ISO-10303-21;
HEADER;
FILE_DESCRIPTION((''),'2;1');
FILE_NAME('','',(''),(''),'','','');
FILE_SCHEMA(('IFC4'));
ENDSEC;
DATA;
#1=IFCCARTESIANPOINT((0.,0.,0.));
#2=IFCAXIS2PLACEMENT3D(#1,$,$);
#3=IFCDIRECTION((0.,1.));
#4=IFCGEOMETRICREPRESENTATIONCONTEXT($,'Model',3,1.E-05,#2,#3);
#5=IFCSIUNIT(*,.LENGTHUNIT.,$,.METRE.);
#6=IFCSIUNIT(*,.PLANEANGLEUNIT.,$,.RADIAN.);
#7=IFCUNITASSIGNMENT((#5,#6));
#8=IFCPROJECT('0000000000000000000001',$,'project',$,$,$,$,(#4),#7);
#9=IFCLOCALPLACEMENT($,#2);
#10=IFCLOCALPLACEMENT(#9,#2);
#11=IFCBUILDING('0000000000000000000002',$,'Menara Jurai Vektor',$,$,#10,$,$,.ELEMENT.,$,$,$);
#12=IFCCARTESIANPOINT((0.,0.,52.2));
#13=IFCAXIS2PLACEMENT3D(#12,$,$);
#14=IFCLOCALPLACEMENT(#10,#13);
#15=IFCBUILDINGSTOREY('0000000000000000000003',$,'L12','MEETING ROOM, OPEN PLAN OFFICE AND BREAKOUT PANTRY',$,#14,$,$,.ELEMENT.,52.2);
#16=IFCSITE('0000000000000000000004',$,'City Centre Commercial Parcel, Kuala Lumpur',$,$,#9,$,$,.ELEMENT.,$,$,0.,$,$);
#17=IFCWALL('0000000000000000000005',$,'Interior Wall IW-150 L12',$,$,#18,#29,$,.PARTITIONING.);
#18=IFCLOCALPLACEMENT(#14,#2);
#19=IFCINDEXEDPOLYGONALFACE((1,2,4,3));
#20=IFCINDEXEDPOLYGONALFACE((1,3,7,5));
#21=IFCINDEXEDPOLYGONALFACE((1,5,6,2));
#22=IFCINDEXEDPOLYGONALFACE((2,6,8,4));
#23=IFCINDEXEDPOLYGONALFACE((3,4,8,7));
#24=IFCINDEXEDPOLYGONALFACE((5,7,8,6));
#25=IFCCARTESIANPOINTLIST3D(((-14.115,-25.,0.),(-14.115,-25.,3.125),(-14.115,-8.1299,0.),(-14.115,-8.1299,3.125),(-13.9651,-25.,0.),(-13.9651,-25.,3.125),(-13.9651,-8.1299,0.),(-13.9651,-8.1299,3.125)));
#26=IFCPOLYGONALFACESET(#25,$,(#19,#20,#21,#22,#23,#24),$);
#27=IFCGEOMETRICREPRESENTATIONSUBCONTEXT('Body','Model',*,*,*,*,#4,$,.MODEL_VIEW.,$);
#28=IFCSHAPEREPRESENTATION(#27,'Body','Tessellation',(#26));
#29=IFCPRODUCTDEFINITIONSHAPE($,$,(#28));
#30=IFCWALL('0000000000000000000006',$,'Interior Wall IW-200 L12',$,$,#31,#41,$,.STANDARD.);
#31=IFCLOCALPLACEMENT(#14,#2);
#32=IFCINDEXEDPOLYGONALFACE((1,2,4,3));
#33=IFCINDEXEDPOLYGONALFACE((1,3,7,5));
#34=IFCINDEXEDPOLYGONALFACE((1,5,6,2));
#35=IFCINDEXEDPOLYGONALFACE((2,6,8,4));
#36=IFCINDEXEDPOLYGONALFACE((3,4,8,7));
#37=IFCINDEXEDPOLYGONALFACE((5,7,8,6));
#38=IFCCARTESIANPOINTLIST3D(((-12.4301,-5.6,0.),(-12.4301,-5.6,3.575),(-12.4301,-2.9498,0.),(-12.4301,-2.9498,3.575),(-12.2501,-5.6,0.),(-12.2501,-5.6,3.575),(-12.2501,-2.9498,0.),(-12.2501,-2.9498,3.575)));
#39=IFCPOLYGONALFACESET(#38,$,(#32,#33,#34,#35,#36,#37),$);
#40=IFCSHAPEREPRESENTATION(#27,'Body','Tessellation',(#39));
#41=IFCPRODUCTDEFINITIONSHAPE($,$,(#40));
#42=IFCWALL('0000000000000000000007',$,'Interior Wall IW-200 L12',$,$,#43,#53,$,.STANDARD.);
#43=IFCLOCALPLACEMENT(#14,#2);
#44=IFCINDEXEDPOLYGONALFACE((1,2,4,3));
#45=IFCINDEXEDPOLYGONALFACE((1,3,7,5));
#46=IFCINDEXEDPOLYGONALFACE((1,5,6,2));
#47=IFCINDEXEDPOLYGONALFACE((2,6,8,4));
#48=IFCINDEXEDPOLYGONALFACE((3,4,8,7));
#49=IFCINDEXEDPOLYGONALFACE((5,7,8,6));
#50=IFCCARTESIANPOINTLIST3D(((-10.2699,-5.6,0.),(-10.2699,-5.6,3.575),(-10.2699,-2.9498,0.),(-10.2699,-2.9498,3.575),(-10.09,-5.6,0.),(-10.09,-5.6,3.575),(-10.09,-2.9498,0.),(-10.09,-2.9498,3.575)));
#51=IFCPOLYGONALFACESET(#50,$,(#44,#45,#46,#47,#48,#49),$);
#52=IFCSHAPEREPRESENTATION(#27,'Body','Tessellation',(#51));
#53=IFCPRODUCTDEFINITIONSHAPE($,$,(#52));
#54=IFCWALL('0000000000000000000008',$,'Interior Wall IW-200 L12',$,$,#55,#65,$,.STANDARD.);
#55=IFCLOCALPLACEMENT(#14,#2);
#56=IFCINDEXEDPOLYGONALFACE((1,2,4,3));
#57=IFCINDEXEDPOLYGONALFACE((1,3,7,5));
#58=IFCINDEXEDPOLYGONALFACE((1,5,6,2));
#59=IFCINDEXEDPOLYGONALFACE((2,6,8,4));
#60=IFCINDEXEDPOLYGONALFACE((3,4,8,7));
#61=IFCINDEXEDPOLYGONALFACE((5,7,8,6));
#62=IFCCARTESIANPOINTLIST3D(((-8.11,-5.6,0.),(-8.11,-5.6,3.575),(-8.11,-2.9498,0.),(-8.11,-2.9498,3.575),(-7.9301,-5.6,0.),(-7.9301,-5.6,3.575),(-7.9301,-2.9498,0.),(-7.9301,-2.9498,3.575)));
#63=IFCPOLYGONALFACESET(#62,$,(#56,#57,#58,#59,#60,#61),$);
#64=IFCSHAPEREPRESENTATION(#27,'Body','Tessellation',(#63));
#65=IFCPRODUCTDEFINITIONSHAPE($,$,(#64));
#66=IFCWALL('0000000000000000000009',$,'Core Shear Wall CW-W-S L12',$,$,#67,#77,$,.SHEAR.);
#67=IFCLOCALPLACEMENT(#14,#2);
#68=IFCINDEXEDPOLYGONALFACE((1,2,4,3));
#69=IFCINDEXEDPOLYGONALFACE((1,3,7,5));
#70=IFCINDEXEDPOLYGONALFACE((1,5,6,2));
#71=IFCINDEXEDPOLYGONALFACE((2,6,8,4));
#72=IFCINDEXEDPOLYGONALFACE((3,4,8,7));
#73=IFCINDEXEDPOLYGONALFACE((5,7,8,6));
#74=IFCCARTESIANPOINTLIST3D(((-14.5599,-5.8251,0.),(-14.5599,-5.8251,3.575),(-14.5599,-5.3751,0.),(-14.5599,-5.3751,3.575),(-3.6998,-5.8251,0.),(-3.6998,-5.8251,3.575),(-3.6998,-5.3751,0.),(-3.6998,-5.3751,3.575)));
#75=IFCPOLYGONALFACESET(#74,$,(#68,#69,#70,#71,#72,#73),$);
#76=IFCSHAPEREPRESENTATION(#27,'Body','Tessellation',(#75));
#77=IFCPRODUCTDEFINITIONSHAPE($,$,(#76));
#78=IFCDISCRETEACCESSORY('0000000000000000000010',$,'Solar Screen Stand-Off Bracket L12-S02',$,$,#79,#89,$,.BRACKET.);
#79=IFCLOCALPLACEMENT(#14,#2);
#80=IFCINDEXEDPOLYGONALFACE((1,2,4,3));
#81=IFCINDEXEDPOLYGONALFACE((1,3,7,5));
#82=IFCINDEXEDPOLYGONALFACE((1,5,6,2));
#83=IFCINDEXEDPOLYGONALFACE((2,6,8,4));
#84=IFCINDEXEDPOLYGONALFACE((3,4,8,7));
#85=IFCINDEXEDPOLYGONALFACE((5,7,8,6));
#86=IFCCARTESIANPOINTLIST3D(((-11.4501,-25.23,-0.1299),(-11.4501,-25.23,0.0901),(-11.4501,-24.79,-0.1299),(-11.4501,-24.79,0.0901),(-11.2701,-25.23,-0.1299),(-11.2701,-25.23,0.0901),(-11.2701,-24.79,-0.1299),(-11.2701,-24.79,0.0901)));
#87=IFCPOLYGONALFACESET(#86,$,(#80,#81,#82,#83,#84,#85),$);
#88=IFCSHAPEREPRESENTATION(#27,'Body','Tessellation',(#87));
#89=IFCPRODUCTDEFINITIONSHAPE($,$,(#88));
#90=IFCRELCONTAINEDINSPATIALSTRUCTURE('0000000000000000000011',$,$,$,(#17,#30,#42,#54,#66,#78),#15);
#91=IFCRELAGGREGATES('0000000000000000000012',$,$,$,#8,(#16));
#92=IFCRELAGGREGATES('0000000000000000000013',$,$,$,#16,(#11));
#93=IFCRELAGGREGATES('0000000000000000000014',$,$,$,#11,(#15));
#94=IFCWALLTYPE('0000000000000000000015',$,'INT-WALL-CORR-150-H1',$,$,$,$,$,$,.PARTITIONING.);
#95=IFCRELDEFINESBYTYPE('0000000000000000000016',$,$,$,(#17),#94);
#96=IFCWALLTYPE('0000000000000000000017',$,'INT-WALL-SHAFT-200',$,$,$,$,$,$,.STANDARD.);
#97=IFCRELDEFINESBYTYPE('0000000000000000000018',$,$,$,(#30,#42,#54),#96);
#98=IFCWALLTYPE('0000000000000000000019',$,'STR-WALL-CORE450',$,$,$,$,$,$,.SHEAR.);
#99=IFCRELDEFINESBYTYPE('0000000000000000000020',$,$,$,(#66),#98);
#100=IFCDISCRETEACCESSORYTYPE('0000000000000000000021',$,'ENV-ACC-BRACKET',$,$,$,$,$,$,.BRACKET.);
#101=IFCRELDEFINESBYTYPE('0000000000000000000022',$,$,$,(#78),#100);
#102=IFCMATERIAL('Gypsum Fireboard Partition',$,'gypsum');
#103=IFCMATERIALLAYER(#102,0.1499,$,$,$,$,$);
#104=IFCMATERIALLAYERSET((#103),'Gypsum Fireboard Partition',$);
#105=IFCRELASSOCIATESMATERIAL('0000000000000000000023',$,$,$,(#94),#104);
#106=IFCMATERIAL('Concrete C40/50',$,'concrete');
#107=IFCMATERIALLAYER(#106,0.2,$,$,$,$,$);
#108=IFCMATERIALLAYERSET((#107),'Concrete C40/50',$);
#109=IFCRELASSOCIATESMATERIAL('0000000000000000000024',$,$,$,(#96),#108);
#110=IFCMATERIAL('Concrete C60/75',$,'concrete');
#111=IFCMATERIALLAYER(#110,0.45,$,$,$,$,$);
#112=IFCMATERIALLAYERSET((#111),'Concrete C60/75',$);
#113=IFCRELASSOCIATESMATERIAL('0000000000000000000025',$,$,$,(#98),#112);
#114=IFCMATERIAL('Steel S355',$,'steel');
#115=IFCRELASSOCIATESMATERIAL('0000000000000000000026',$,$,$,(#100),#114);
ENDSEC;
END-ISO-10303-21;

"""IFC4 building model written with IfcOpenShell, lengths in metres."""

from ifc_helpers import new_model, si_unit, direction, frame, frame_2d, origin, origin_2d, place, context, subcontext, project, spatial, rectangle, extrude, material, layer, layer_set, type_object, element, save


model = new_model("IFC4")

# Units and contexts
model_context = context("Model", 3, precision=1e-05, world=origin(), true_north=direction((0.0, 1.0)))
body_context = subcontext(model_context, "Body", "Model", "MODEL_VIEW")
ifc_project = project(units=[si_unit("LENGTHUNIT", "METRE"), si_unit("PLANEANGLEUNIT", "RADIAN")], contexts=[model_context])

# Site, building, storey
site_placement = place(None, origin())
site = spatial("IfcSite", under=ifc_project, at=site_placement, Name="City Centre Commercial Parcel, Kuala Lumpur", CompositionType="ELEMENT", RefElevation=0.0)
building_placement = place(site_placement, origin())
building = spatial("IfcBuilding", under=site, at=building_placement, Name="Menara Jurai Vektor", CompositionType="ELEMENT")
storey_placement = place(building_placement, frame((0.0, 0.0, 52.2)))
storey = spatial("IfcBuildingStorey", under=building, at=storey_placement, Name="L12", Description="MEETING ROOM, OPEN PLAN OFFICE AND BREAKOUT PANTRY", CompositionType="ELEMENT", Elevation=52.2)

# Shared definitions
ifc_material_1 = material(Name="Concrete C60/75", Category="concrete")

# Shared definitions
ifc_material_2 = material(Name="Steel S355", Category="steel")

# Shared definitions
ifc_material_3 = material(Name="Gypsum Fireboard Partition", Category="gypsum")

# Walls
ifc_layer_1 = layer(ifc_material_3, 0.1499)
ifc_layer_set_1 = layer_set([ifc_layer_1], Name="Gypsum Fireboard Partition")
wall_type_1 = type_object("IfcWallType", Name="INT-WALL-CORR-150-H1", PredefinedType="PARTITIONING", material=ifc_layer_set_1)
wall_1_placement = place(storey_placement, frame((-14.04, -25.0, 0.0), z_axis=(0.0, 0.0, 1.0), x_axis=(0.0, 1.0, 0.0)))
element("IfcWall", 1, at=wall_1_placement, inside=storey, type_object=wall_type_1, Name="Interior Wall IW-150 L12", PredefinedType="PARTITIONING", context=body_context, shape_type="SweptSolid", body=[
    extrude(rectangle(XDim=16.8701, YDim=0.1499, at=frame_2d((8.4351, 0.0))), origin(), (0.0, 0.0, 1.0), 3.125),
])
ifc_material_4 = material(Name="Concrete C40/50", Category="concrete")
ifc_layer_2 = layer(ifc_material_4, 0.2)
ifc_layer_set_2 = layer_set([ifc_layer_2], Name="Concrete C40/50")
wall_type_2 = type_object("IfcWallType", Name="INT-WALL-SHAFT-200", PredefinedType="STANDARD", material=ifc_layer_set_2)
for number, where, z_axis, x_axis, name in (
    (2, (-12.3401, -5.6001, 0.0), (0.0, 0.0, 1.0), (0.0, 1.0, 0.0), "Interior Wall IW-200 L12"),
    (3, (-10.1799, -5.6001, 0.0), (0.0, 0.0, 1.0), (0.0, 1.0, 0.0), "Interior Wall IW-200 L12"),
    (4, (-8.02, -5.6001, 0.0), (0.0, 0.0, 1.0), (0.0, 1.0, 0.0), "Interior Wall IW-200 L12"),
):
    element("IfcWall", number, at=place(storey_placement, frame(where, z_axis=z_axis, x_axis=x_axis)), inside=storey, type_object=wall_type_2, Name=name, PredefinedType="STANDARD", context=body_context, shape_type="SweptSolid", body=[
        extrude(rectangle(XDim=2.6501, YDim=0.1799, at=frame_2d((1.3252, 0.0))), origin(), (0.0, 0.0, 1.0), 3.575),
    ])
ifc_layer_3 = layer(ifc_material_1, 0.45)
ifc_layer_set_3 = layer_set([ifc_layer_3], Name="Concrete C60/75")
wall_type_3 = type_object("IfcWallType", Name="STR-WALL-CORE450", PredefinedType="SHEAR", material=ifc_layer_set_3)
wall_2_placement = place(storey_placement, frame((-14.5601, -5.6001, 0.0), z_axis=(0.0, 0.0, 1.0), x_axis=(1.0, 0.0, 0.0)))
element("IfcWall", 5, at=wall_2_placement, inside=storey, type_object=wall_type_3, Name="Core Shear Wall CW-W-S L12", PredefinedType="SHEAR", context=body_context, shape_type="SweptSolid", body=[
    extrude(rectangle(XDim=10.8601, YDim=0.45, at=frame_2d((5.4302, 0.0))), origin(), (0.0, 0.0, 1.0), 3.575),
])

# Discrete accessory
discrete_accessory_type = type_object("IfcDiscreteAccessoryType", Name="ENV-ACC-BRACKET", PredefinedType="BRACKET", material=ifc_material_2)
discrete_accessory_placement = place(storey_placement, frame((-11.3601, -25.01, -0.1299), z_axis=(0.0, 0.0, 1.0), x_axis=(1.0, 0.0, 0.0)))
element("IfcDiscreteAccessory", 6, at=discrete_accessory_placement, inside=storey, type_object=discrete_accessory_type, Name="Solar Screen Stand-Off Bracket L12-S02", PredefinedType="BRACKET", context=body_context, shape_type="SweptSolid", body=[
    extrude(rectangle(XDim=0.1799, YDim=0.4399, at=origin_2d()), origin(), (0.0, 0.0, 1.0), 0.22),
])

save(model, "model.ifc")
